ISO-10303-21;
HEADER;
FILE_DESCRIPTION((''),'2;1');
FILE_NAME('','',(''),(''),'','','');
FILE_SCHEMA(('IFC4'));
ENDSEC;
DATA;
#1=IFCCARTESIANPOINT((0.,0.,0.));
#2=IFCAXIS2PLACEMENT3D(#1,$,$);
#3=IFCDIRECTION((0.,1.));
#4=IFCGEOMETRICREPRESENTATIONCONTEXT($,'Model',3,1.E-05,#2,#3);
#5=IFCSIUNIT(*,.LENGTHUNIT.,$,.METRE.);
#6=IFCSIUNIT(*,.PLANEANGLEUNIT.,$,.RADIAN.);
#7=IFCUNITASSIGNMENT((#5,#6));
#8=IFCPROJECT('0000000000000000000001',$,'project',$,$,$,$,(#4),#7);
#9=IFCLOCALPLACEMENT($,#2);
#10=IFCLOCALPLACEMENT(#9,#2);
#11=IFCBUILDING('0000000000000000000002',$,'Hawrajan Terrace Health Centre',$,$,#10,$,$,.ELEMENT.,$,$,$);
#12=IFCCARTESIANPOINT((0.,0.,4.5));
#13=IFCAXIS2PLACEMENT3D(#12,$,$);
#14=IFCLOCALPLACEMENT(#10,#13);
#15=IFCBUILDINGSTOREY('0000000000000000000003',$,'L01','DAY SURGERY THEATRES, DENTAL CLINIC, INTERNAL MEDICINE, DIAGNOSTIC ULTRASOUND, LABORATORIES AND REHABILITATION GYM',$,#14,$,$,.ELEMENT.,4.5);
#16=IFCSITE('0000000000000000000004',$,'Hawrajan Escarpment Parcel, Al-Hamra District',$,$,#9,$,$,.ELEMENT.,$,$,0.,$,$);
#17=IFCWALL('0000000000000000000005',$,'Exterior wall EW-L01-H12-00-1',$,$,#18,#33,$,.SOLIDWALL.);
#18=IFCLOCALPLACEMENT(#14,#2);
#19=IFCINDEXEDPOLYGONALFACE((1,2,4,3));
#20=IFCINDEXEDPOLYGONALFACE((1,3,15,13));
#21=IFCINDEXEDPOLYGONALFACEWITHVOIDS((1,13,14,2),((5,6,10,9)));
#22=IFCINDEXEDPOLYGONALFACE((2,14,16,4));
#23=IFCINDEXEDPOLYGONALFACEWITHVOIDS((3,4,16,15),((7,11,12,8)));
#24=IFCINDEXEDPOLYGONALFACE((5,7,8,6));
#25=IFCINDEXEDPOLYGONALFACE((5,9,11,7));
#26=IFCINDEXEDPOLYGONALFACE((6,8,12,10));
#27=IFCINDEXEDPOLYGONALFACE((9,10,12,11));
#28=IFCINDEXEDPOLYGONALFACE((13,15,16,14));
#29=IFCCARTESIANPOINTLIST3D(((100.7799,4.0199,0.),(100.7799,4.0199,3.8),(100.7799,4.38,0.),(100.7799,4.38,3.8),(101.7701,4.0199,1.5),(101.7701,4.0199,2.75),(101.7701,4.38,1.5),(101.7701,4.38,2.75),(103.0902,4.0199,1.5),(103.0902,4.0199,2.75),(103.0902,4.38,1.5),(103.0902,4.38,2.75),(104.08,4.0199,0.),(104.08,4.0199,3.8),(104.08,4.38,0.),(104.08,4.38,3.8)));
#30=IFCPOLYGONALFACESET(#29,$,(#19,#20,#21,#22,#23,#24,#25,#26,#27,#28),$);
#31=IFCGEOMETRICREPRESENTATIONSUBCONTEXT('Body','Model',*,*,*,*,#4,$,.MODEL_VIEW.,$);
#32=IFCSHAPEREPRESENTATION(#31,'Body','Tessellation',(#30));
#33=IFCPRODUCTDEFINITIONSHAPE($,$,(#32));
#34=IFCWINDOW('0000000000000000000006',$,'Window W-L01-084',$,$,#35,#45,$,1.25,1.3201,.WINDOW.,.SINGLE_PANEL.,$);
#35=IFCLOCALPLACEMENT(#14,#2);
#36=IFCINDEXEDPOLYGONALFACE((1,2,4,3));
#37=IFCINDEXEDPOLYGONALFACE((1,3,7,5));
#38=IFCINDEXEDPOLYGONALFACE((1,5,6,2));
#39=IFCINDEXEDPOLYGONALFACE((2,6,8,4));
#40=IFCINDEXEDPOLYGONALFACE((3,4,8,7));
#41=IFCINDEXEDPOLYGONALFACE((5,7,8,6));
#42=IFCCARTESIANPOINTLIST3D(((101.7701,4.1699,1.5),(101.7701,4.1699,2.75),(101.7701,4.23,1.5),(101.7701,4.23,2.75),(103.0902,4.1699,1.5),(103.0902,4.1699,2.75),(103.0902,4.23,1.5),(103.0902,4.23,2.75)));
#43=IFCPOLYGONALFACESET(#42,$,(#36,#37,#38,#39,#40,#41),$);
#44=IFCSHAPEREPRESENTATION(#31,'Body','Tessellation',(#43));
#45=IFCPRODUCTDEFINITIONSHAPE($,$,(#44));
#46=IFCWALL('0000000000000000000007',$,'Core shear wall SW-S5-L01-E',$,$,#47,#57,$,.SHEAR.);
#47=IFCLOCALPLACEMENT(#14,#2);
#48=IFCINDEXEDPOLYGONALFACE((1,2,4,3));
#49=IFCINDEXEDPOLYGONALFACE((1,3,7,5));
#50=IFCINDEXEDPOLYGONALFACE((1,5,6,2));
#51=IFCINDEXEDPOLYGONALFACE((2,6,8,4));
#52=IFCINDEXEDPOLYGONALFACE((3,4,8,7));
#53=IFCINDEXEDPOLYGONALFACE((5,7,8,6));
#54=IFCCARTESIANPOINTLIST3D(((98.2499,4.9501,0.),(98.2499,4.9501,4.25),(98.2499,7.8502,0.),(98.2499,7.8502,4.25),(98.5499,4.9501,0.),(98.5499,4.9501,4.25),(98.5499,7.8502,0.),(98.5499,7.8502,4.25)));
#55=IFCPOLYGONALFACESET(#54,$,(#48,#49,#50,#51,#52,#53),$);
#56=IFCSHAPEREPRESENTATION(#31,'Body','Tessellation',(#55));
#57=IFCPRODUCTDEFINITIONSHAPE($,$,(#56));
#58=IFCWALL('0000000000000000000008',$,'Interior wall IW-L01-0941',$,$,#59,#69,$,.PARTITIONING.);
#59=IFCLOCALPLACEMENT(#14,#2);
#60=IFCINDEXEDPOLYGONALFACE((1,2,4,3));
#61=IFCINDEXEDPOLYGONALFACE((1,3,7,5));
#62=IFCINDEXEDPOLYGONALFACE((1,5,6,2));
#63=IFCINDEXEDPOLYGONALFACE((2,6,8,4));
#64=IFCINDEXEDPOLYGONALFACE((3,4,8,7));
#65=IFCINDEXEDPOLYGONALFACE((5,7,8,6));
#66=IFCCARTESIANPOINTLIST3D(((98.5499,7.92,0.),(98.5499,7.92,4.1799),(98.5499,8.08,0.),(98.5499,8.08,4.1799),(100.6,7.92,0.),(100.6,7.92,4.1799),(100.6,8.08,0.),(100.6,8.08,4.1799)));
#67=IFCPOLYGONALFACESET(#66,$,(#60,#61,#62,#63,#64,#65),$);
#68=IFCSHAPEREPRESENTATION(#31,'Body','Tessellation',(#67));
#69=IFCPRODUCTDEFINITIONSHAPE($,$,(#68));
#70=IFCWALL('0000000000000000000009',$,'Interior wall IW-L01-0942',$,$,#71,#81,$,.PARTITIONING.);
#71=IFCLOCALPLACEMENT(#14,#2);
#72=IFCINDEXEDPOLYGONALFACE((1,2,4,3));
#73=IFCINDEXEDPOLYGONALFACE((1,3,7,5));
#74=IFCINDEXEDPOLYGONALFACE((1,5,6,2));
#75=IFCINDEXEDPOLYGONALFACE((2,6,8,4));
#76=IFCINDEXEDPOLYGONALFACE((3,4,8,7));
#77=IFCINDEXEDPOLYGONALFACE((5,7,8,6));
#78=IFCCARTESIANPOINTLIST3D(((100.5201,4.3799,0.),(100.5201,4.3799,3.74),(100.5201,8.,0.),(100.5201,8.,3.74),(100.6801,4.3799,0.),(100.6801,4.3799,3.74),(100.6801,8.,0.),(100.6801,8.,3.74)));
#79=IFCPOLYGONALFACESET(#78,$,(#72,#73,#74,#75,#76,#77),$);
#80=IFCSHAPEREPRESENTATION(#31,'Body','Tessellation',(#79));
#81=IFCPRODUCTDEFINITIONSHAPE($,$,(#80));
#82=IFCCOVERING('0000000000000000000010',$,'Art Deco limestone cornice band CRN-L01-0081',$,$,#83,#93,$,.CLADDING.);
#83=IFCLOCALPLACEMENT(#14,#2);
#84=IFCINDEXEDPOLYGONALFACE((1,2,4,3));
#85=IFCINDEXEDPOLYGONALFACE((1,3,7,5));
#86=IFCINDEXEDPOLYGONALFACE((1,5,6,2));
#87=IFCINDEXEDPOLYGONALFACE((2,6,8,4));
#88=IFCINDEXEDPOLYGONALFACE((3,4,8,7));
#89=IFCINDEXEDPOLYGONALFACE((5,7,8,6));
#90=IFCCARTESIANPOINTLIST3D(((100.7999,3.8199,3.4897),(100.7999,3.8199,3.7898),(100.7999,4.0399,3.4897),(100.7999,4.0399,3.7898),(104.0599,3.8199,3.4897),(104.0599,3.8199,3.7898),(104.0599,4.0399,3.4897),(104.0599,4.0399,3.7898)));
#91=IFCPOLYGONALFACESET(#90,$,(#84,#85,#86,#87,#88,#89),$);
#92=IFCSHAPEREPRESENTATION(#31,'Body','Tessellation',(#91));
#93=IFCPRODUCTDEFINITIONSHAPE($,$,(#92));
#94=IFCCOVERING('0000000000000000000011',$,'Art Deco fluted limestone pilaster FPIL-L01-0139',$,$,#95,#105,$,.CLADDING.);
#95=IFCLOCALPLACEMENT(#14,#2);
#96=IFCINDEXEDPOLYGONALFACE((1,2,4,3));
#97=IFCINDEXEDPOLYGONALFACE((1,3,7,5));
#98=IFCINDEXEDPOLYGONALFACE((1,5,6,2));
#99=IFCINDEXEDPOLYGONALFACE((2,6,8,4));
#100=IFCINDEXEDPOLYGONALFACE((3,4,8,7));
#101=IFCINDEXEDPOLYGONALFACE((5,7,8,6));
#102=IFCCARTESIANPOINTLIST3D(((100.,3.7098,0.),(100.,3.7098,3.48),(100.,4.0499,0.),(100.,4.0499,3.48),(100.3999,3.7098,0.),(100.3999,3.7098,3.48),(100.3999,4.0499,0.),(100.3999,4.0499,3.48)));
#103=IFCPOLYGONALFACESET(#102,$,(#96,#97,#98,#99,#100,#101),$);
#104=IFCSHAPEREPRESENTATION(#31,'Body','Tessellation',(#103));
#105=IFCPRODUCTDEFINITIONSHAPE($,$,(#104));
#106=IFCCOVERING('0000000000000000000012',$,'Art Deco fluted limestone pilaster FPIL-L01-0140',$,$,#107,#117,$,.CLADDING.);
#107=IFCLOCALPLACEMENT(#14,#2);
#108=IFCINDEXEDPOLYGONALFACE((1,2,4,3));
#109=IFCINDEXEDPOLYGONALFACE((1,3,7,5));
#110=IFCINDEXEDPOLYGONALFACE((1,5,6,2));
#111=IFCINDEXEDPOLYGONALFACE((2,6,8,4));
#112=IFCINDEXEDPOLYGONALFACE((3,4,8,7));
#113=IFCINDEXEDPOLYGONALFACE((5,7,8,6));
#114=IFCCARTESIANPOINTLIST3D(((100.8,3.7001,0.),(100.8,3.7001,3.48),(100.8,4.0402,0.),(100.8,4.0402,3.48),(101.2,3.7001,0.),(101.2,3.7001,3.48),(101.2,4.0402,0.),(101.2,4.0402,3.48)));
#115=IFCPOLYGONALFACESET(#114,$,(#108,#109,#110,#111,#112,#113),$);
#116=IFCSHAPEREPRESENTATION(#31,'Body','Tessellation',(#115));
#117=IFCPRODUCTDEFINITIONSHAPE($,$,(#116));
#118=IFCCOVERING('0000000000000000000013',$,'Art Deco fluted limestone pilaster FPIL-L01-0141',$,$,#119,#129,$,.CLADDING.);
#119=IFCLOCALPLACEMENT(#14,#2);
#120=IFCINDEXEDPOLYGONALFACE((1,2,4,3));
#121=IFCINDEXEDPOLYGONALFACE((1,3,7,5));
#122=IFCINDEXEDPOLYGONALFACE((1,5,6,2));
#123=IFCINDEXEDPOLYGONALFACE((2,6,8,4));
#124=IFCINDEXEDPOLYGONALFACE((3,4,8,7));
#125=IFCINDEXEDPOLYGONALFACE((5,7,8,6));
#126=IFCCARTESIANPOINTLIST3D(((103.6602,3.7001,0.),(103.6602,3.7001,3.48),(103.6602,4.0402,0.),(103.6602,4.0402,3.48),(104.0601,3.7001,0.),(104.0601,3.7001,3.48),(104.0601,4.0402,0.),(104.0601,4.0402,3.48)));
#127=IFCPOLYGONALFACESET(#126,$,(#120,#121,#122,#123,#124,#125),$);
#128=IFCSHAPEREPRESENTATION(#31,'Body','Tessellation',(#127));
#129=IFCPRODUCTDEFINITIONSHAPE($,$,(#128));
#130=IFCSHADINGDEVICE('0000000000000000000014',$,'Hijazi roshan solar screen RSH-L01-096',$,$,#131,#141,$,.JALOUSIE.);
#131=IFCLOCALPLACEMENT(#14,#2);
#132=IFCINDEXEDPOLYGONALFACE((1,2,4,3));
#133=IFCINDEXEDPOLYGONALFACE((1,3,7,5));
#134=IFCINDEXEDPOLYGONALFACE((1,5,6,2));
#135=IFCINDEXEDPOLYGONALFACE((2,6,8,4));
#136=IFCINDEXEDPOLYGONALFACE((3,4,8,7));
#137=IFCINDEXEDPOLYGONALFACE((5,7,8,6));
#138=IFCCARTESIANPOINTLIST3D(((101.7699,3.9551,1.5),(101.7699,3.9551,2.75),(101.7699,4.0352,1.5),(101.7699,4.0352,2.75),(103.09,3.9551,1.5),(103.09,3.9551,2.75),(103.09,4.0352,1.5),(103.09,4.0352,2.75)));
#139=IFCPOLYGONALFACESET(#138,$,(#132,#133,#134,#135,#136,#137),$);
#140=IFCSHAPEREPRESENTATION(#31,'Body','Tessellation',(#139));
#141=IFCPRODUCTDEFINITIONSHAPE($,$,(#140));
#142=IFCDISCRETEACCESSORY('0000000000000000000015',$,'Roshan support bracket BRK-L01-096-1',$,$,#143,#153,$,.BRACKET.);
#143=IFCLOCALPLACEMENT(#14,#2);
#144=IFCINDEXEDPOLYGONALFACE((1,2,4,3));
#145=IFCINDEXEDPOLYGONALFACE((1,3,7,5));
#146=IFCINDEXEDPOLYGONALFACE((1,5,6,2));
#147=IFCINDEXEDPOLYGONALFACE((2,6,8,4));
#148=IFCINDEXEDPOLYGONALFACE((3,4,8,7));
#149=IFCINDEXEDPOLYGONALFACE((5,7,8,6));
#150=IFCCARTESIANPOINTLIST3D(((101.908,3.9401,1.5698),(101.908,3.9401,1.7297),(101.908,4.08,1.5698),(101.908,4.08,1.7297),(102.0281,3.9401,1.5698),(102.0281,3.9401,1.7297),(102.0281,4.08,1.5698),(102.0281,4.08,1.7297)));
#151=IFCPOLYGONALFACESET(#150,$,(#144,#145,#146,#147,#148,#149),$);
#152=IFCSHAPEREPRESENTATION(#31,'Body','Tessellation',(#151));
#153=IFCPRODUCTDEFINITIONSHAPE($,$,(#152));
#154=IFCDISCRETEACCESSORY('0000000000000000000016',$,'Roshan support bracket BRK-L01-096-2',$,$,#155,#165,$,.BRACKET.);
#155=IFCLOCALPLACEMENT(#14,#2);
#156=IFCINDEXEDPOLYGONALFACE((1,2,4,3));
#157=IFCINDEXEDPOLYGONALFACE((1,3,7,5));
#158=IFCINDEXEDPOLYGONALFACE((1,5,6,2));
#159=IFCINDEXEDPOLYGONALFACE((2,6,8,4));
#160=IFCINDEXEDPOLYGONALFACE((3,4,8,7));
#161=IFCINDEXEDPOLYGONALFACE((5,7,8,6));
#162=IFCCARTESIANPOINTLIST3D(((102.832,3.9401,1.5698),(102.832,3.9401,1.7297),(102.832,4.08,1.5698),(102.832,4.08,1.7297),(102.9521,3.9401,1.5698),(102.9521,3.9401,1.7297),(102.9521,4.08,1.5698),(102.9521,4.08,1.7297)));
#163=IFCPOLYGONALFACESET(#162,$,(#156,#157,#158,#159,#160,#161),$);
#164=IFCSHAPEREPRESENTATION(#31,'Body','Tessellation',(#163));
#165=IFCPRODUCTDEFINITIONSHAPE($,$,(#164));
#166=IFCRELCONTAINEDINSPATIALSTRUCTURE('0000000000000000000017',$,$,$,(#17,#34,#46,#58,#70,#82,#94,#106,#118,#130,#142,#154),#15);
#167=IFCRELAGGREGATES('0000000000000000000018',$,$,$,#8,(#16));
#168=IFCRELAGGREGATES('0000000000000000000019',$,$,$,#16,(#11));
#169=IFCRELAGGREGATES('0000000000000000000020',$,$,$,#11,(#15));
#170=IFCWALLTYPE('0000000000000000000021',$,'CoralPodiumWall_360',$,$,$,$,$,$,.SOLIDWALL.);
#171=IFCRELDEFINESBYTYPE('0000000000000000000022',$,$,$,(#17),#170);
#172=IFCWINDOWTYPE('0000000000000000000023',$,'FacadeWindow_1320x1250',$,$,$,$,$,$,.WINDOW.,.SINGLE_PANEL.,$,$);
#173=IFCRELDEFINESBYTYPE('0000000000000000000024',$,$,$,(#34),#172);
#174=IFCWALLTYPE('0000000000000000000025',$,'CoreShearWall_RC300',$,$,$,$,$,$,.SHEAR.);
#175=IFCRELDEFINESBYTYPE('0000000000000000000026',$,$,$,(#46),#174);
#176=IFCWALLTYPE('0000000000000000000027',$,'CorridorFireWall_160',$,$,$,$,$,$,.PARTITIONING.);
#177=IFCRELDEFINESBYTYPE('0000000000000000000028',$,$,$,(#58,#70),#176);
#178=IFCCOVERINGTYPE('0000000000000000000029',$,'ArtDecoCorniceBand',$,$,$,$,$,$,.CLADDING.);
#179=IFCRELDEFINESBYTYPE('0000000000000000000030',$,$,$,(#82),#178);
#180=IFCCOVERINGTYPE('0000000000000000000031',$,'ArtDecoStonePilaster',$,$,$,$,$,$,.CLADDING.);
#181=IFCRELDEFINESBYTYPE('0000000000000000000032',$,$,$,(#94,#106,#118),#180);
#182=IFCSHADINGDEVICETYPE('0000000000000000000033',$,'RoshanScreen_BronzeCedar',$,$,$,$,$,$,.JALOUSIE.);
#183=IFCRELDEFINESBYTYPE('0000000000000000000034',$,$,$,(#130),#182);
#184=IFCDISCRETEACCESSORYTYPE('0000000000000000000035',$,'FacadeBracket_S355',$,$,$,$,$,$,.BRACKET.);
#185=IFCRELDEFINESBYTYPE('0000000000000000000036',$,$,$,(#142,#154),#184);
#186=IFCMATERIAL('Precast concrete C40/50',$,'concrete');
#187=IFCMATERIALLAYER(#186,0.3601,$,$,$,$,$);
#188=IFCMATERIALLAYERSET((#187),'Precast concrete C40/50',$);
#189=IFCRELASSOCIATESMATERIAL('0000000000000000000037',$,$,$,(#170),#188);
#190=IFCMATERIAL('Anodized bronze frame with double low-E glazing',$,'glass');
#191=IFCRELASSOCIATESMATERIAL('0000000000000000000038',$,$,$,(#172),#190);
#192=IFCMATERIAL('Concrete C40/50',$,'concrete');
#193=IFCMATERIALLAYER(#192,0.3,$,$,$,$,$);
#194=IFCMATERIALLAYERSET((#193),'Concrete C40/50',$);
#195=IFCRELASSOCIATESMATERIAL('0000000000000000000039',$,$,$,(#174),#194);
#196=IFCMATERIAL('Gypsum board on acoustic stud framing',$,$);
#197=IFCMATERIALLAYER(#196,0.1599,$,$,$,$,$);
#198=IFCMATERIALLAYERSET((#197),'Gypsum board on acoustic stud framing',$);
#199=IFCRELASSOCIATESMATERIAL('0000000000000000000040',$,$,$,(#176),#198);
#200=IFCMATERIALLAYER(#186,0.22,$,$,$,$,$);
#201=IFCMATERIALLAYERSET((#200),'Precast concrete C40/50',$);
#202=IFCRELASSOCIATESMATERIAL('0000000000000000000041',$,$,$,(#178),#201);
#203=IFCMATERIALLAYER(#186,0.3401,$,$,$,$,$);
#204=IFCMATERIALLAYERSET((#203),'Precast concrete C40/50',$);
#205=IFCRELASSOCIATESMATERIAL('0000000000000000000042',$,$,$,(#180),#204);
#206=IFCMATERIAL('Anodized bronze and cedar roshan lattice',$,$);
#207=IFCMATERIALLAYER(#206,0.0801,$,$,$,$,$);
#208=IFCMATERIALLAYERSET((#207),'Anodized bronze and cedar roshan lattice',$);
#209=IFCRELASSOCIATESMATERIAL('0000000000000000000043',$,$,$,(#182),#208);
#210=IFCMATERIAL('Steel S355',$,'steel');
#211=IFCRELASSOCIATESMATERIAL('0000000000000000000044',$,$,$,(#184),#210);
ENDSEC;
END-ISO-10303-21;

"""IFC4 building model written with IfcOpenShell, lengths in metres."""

from ifc_helpers import new_model, si_unit, direction, frame, frame_2d, origin, origin_2d, place, context, subcontext, project, spatial, rectangle, extrude, material, layer, layer_set, type_object, element, fill, save


model = new_model("IFC4")

# Units and contexts
model_context = context("Model", 3, precision=1e-05, world=origin(), true_north=direction((0.0, 1.0)))
body_context = subcontext(model_context, "Body", "Model", "MODEL_VIEW")
ifc_project = project(units=[si_unit("LENGTHUNIT", "METRE"), si_unit("PLANEANGLEUNIT", "RADIAN")], contexts=[model_context])

# Site, building, storey
site_placement = place(None, origin())
site = spatial("IfcSite", under=ifc_project, at=site_placement, Name="Hawrajan Escarpment Parcel, Al-Hamra District", CompositionType="ELEMENT", RefElevation=0.0)
building_placement = place(site_placement, origin())
building = spatial("IfcBuilding", under=site, at=building_placement, Name="Hawrajan Terrace Health Centre", CompositionType="ELEMENT")
storey_placement = place(building_placement, frame((0.0, 0.0, 4.5)))
storey = spatial("IfcBuildingStorey", under=building, at=storey_placement, Name="L01", Description="DAY SURGERY THEATRES, DENTAL CLINIC, INTERNAL MEDICINE, DIAGNOSTIC ULTRASOUND, LABORATORIES AND REHABILITATION GYM", CompositionType="ELEMENT", Elevation=4.5)

# Shared definitions
ifc_material_1 = material(Name="Concrete C40/50", Category="concrete")
ifc_material_2 = material(Name="Steel S355", Category="steel")

# Shared definitions
ifc_material_3 = material(Name="Gypsum board on acoustic stud framing")

# Wall, opening, window
ifc_material_4 = material(Name="Precast concrete C40/50", Category="concrete")
ifc_layer_1 = layer(ifc_material_4, 0.3601)
ifc_layer_set_1 = layer_set([ifc_layer_1], Name="Precast concrete C40/50")
wall_type_1 = type_object("IfcWallType", Name="CoralPodiumWall_360", PredefinedType="SOLIDWALL", material=ifc_layer_set_1)
wall_1_placement = place(storey_placement, frame((100.78, 4.2, 0.0), z_axis=(0.0, 0.0, 1.0), x_axis=(1.0, 0.0, 0.0)))
wall_1 = element("IfcWall", 1, at=wall_1_placement, inside=storey, type_object=wall_type_1, Name="Exterior wall EW-L01-H12-00-1", PredefinedType="SOLIDWALL", context=body_context, shape_type="SweptSolid", body=[
    extrude(rectangle(XDim=3.3, YDim=0.3601, at=frame_2d((1.6499, 0.0))), origin(), (0.0, 0.0, 1.0), 3.8),
])
opening_1_placement = place(wall_1_placement, frame((0.99, 0.0, 1.5)))
opening_1 = element("IfcOpeningElement", 2, at=opening_1_placement, cuts=wall_1, PredefinedType="OPENING", context=body_context, shape_type="SweptSolid", body=[
    extrude(rectangle(XDim=1.3201, YDim=1.25, at=frame_2d((0.6602, 0.625))), frame((0.0, 0.1899, 0.0), z_axis=(0.0, -1.0, 0.0), x_axis=(1.0, 0.0, 0.0)), (0.0, 0.0, 1.0), 0.3801),
])
ifc_material_5 = material(Name="Anodized bronze frame with double low-E glazing", Category="glass")
window_type = type_object("IfcWindowType", Name="FacadeWindow_1320x1250", PartitioningType="SINGLE_PANEL", PredefinedType="WINDOW", material=ifc_material_5)
window_placement = place(opening_1_placement, origin())
window = element("IfcWindow", 3, at=window_placement, inside=storey, type_object=window_type, Name="Window W-L01-084", OverallHeight=1.25, OverallWidth=1.3201, PartitioningType="SINGLE_PANEL", PredefinedType="WINDOW", context=body_context, shape_type="SweptSolid", body=[
    extrude(rectangle(XDim=1.3201, YDim=1.25, at=frame_2d((0.6602, 0.625))), frame((0.0, 0.03, 0.0), z_axis=(0.0, -1.0, 0.0), x_axis=(1.0, 0.0, 0.0)), (0.0, 0.0, 1.0), 0.0601),
])
fill(opening_1, window)

# Walls
ifc_layer_2 = layer(ifc_material_1, 0.3)
ifc_layer_set_2 = layer_set([ifc_layer_2], Name="Concrete C40/50")
wall_type_2 = type_object("IfcWallType", Name="CoreShearWall_RC300", PredefinedType="SHEAR", material=ifc_layer_set_2)
wall_2_placement = place(storey_placement, frame((98.3999, 4.95, 0.0), z_axis=(0.0, 0.0, 1.0), x_axis=(0.0, 1.0, 0.0)))
element("IfcWall", 4, at=wall_2_placement, inside=storey, type_object=wall_type_2, Name="Core shear wall SW-S5-L01-E", PredefinedType="SHEAR", context=body_context, shape_type="SweptSolid", body=[
    extrude(rectangle(XDim=2.9001, YDim=0.3, at=frame_2d((1.4502, 0.0))), origin(), (0.0, 0.0, 1.0), 4.25),
])
ifc_layer_3 = layer(ifc_material_3, 0.1599)
ifc_layer_set_3 = layer_set([ifc_layer_3], Name="Gypsum board on acoustic stud framing")
wall_type_3 = type_object("IfcWallType", Name="CorridorFireWall_160", PredefinedType="PARTITIONING", material=ifc_layer_set_3)
wall_3_placement = place(storey_placement, frame((98.55, 8.0, 0.0), z_axis=(0.0, 0.0, 1.0), x_axis=(1.0, 0.0, 0.0)))
element("IfcWall", 5, at=wall_3_placement, inside=storey, type_object=wall_type_3, Name="Interior wall IW-L01-0941", PredefinedType="PARTITIONING", context=body_context, shape_type="SweptSolid", body=[
    extrude(rectangle(XDim=2.05, YDim=0.1599, at=frame_2d((1.0249, 0.0))), origin(), (0.0, 0.0, 1.0), 4.1799),
])
wall_4_placement = place(storey_placement, frame((100.6001, 4.3799, 0.0), z_axis=(0.0, 0.0, 1.0), x_axis=(0.0, 1.0, 0.0)))
element("IfcWall", 6, at=wall_4_placement, inside=storey, type_object=wall_type_3, Name="Interior wall IW-L01-0942", PredefinedType="PARTITIONING", context=body_context, shape_type="SweptSolid", body=[
    extrude(rectangle(XDim=3.6201, YDim=0.1599, at=frame_2d((1.8101, 0.0))), origin(), (0.0, 0.0, 1.0), 3.74),
])

# Coverings
ifc_layer_4 = layer(ifc_material_4, 0.22)
ifc_layer_set_4 = layer_set([ifc_layer_4], Name="Precast concrete C40/50")
covering_type_1 = type_object("IfcCoveringType", Name="ArtDecoCorniceBand", PredefinedType="CLADDING", material=ifc_layer_set_4)
covering_placement = place(storey_placement, frame((102.4299, 3.9299, 3.4897), z_axis=(0.0, 0.0, 1.0), x_axis=(1.0, 0.0, 0.0)))
element("IfcCovering", 7, at=covering_placement, inside=storey, type_object=covering_type_1, Name="Art Deco limestone cornice band CRN-L01-0081", PredefinedType="CLADDING", context=body_context, shape_type="SweptSolid", body=[
    extrude(rectangle(XDim=3.26, YDim=0.22, at=origin_2d()), origin(), (0.0, 0.0, 1.0), 0.3),
])
ifc_layer_5 = layer(ifc_material_4, 0.3401)
ifc_layer_set_5 = layer_set([ifc_layer_5], Name="Precast concrete C40/50")
covering_type_2 = type_object("IfcCoveringType", Name="ArtDecoStonePilaster", PredefinedType="CLADDING", material=ifc_layer_set_5)
for number, where, z_axis, x_axis, name in (
    (8, (100.2, 3.8799, 0.0), (0.0, 0.0, 1.0), (1.0, 0.0, 0.0), "Art Deco fluted limestone pilaster FPIL-L01-0139"),
    (9, (101.0, 3.8701, 0.0), (0.0, 0.0, 1.0), (1.0, 0.0, 0.0), "Art Deco fluted limestone pilaster FPIL-L01-0140"),
    (10, (103.8601, 3.8701, 0.0), (0.0, 0.0, 1.0), (1.0, 0.0, 0.0), "Art Deco fluted limestone pilaster FPIL-L01-0141"),
):
    element("IfcCovering", number, at=place(storey_placement, frame(where, z_axis=z_axis, x_axis=x_axis)), inside=storey, type_object=covering_type_2, Name=name, PredefinedType="CLADDING", context=body_context, shape_type="SweptSolid", body=[
        extrude(rectangle(XDim=0.3999, YDim=0.3401, at=origin_2d()), origin(), (0.0, 0.0, 1.0), 3.48),
    ])

# Shading device
ifc_material_6 = material(Name="Anodized bronze and cedar roshan lattice")
ifc_layer_6 = layer(ifc_material_6, 0.0801)
ifc_layer_set_6 = layer_set([ifc_layer_6], Name="Anodized bronze and cedar roshan lattice")
shading_device_type = type_object("IfcShadingDeviceType", Name="RoshanScreen_BronzeCedar", PredefinedType="JALOUSIE", material=ifc_layer_set_6)
shading_device_placement = place(storey_placement, frame((102.4299, 3.9951, 1.5), z_axis=(0.0, 0.0, 1.0), x_axis=(1.0, 0.0, 0.0)))
element("IfcShadingDevice", 11, at=shading_device_placement, inside=storey, type_object=shading_device_type, Name="Hijazi roshan solar screen RSH-L01-096", PredefinedType="JALOUSIE", context=body_context, shape_type="SweptSolid", body=[
    extrude(rectangle(XDim=1.3201, YDim=0.0801, at=origin_2d()), origin(), (0.0, 0.0, 1.0), 1.25),
])

# Discrete accessories
discrete_accessory_type = type_object("IfcDiscreteAccessoryType", Name="FacadeBracket_S355", PredefinedType="BRACKET", material=ifc_material_2)
for number, where, z_axis, x_axis, name in (
    (12, (101.968, 4.01, 1.5698), (0.0, 0.0, 1.0), (1.0, 0.0, 0.0), "Roshan support bracket BRK-L01-096-1"),
    (13, (102.8921, 4.01, 1.5698), (0.0, 0.0, 1.0), (1.0, 0.0, 0.0), "Roshan support bracket BRK-L01-096-2"),
):
    element("IfcDiscreteAccessory", number, at=place(storey_placement, frame(where, z_axis=z_axis, x_axis=x_axis)), inside=storey, type_object=discrete_accessory_type, Name=name, PredefinedType="BRACKET", context=body_context, shape_type="SweptSolid", body=[
        extrude(rectangle(XDim=0.1201, YDim=0.1399, at=origin_2d()), origin(), (0.0, 0.0, 1.0), 0.1599),
    ])

save(model, "model.ifc")
